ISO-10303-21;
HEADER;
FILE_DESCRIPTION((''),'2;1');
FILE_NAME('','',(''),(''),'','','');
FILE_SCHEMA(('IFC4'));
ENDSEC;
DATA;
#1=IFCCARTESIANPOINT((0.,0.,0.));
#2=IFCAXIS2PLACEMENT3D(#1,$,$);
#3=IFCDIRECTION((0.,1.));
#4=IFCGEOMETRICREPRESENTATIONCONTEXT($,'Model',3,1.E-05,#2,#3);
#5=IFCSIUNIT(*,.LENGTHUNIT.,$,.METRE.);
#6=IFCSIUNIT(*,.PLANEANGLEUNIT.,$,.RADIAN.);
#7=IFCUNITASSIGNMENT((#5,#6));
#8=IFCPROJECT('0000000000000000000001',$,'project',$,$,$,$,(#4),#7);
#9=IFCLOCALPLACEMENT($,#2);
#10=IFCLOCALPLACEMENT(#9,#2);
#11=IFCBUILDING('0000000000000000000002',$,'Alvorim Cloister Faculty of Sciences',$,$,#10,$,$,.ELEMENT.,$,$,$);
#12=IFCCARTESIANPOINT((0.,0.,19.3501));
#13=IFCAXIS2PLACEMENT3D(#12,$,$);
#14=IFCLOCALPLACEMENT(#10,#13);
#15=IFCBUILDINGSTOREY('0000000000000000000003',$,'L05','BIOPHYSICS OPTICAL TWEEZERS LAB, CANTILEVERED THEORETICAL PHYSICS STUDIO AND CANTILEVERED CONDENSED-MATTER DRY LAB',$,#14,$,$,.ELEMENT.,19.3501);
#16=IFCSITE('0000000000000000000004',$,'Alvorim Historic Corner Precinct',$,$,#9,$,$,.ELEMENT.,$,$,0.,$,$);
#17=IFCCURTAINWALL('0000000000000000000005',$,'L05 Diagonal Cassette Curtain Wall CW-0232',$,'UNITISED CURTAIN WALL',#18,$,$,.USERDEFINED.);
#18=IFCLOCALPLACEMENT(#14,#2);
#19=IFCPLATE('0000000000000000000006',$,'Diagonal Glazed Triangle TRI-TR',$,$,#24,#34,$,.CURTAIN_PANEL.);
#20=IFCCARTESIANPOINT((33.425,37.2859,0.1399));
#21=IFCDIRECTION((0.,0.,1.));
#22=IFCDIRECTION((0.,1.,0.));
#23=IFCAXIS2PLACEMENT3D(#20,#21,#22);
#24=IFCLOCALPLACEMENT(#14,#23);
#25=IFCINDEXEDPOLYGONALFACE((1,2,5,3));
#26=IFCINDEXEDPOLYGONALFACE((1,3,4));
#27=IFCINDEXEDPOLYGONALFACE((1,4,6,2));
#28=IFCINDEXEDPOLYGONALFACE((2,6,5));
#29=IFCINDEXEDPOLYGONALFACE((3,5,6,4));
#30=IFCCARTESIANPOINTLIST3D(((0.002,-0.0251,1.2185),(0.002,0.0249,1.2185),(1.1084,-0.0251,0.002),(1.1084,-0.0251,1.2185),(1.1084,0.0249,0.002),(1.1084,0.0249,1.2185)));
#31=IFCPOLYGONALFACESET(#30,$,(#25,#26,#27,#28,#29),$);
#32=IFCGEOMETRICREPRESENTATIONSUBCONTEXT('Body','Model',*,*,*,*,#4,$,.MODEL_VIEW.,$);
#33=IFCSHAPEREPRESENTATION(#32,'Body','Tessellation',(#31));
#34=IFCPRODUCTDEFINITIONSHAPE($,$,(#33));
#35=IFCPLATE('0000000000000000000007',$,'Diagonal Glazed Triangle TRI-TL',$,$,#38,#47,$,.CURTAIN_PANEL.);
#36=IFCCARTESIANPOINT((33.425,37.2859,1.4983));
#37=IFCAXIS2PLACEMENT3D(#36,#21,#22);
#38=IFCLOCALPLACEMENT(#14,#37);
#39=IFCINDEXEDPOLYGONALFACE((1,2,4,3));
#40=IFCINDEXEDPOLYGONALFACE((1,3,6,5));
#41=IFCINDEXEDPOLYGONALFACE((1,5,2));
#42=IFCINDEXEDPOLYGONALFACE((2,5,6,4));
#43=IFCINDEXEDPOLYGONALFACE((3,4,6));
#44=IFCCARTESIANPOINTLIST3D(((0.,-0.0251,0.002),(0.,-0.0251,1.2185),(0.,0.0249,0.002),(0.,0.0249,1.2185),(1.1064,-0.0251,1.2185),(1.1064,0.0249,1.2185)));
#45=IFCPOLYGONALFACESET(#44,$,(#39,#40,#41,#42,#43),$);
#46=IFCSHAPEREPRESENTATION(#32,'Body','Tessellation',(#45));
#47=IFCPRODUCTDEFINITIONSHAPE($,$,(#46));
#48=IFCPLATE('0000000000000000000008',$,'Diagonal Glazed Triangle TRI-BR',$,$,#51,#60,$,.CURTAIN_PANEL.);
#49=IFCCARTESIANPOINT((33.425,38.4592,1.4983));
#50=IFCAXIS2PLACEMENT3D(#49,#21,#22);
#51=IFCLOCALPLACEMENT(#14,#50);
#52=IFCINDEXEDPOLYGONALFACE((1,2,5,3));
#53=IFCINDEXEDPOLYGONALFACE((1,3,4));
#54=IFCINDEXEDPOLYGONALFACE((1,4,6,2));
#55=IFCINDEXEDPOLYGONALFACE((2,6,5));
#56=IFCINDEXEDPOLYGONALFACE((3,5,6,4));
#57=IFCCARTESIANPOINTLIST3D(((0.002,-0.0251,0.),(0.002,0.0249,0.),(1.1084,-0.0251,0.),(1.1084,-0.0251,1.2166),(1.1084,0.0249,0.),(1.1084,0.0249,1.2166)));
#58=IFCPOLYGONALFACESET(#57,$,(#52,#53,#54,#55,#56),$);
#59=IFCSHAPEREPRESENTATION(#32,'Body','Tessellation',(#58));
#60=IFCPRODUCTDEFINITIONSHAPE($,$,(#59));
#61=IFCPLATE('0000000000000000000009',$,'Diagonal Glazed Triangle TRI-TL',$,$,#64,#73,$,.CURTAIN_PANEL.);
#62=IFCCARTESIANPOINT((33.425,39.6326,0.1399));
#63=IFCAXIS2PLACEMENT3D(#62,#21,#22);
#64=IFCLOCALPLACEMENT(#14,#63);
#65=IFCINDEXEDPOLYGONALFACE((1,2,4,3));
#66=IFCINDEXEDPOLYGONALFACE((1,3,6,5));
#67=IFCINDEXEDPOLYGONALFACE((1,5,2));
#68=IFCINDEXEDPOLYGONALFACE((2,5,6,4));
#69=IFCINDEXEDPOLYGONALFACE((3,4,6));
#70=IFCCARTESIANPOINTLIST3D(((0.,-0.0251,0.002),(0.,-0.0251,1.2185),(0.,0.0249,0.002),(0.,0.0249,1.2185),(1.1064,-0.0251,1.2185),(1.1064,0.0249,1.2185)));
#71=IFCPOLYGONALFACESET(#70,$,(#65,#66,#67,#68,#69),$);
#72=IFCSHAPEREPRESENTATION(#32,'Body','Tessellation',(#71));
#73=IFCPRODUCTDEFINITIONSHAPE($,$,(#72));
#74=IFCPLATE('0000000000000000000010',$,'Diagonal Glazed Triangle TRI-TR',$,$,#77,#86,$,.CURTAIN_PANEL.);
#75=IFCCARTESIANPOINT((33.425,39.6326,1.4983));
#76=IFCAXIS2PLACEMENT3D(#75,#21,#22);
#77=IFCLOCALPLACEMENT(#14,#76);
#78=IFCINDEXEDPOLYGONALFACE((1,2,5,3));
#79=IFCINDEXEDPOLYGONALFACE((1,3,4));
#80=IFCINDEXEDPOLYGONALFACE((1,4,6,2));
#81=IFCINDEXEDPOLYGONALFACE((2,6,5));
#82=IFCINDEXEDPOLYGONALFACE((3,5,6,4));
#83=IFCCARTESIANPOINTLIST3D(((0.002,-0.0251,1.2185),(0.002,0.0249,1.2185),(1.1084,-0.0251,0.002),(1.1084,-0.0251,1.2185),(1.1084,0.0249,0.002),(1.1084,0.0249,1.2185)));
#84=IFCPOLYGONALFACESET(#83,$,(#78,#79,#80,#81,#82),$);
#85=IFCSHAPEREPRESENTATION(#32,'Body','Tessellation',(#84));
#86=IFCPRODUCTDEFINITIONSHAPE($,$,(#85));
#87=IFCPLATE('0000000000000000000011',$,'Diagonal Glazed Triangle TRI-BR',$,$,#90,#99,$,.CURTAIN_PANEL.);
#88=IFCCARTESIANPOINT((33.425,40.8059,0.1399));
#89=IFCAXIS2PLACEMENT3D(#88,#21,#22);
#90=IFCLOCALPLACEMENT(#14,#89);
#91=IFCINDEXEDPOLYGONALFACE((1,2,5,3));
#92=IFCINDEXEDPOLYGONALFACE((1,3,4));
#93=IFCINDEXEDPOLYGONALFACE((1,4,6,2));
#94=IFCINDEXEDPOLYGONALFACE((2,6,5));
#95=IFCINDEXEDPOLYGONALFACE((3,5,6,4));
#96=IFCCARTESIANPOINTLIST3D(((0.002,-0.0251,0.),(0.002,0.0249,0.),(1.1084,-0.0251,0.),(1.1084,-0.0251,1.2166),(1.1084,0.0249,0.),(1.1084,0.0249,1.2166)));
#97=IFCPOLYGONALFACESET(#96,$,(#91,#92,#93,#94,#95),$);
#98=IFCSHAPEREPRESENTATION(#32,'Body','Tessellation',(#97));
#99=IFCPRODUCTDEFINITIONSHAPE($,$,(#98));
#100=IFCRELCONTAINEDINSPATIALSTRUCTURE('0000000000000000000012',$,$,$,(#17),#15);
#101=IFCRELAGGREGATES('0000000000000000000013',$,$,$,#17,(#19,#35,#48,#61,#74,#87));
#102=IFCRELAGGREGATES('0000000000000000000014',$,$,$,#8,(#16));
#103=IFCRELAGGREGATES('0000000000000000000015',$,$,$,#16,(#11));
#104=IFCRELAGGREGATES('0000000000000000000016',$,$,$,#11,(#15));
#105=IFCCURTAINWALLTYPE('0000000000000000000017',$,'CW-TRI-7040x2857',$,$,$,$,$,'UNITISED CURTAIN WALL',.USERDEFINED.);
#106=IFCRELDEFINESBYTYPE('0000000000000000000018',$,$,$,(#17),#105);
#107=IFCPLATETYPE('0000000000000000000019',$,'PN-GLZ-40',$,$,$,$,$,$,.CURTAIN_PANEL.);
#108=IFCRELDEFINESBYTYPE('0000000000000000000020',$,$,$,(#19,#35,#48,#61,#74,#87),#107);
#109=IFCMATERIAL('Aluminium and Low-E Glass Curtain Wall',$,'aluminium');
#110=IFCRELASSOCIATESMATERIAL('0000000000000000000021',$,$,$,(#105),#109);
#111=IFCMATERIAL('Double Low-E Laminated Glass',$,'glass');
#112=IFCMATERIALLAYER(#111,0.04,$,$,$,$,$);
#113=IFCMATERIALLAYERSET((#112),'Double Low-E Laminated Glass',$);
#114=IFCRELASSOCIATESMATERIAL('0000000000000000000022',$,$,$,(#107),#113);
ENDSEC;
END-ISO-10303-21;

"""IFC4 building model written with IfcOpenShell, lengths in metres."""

from ifc_helpers import new_model, si_unit, direction, frame, origin, place, context, subcontext, project, spatial, polyline, outline, extrude, material, layer, layer_set, type_object, element, aggregate, save


model = new_model("IFC4")

# Units and contexts
model_context = context("Model", 3, precision=1e-05, world=origin(), true_north=direction((0.0, 1.0)))
body_context = subcontext(model_context, "Body", "Model", "MODEL_VIEW")
ifc_project = project(units=[si_unit("LENGTHUNIT", "METRE"), si_unit("PLANEANGLEUNIT", "RADIAN")], contexts=[model_context])

# Site, building, storey
site_placement = place(None, origin())
site = spatial("IfcSite", under=ifc_project, at=site_placement, Name="Alvorim Historic Corner Precinct", CompositionType="ELEMENT", RefElevation=0.0)
building_placement = place(site_placement, origin())
building = spatial("IfcBuilding", under=site, at=building_placement, Name="Alvorim Cloister Faculty of Sciences", CompositionType="ELEMENT")
storey_placement = place(building_placement, frame((0.0, 0.0, 19.3501)))
storey = spatial("IfcBuildingStorey", under=building, at=storey_placement, Name="L05", Description="BIOPHYSICS OPTICAL TWEEZERS LAB, CANTILEVERED THEORETICAL PHYSICS STUDIO AND CANTILEVERED CONDENSED-MATTER DRY LAB", CompositionType="ELEMENT", Elevation=19.3501)

# Curtain wall, plates
ifc_material_1 = material(Name="Aluminium and Low-E Glass Curtain Wall", Category="aluminium")
curtain_wall_type = type_object("IfcCurtainWallType", Name="CW-TRI-7040x2857", ElementType="UNITISED CURTAIN WALL", PredefinedType="USERDEFINED", material=ifc_material_1)
curtain_wall_placement = place(storey_placement, origin())
curtain_wall = element("IfcCurtainWall", 1, at=curtain_wall_placement, inside=storey, type_object=curtain_wall_type, Name="L05 Diagonal Cassette Curtain Wall CW-0232", ObjectType="UNITISED CURTAIN WALL", PredefinedType="USERDEFINED")
ifc_material_2 = material(Name="Double Low-E Laminated Glass", Category="glass")
ifc_layer = layer(ifc_material_2, 0.04)
ifc_layer_set = layer_set([ifc_layer], Name="Double Low-E Laminated Glass")
plate_type = type_object("IfcPlateType", Name="PN-GLZ-40", PredefinedType="CURTAIN_PANEL", material=ifc_layer_set)
plate_1_placement = place(storey_placement, frame((33.425, 37.2859, 0.1399), z_axis=(0.0, 0.0, 1.0), x_axis=(0.0, 1.0, 0.0)))
plate_1 = element("IfcPlate", 2, at=plate_1_placement, type_object=plate_type, Name="Diagonal Glazed Triangle TRI-TR", PredefinedType="CURTAIN_PANEL", context=body_context, shape_type="SweptSolid", body=[
    extrude(outline(polyline([(1.1084, 0.002), (1.1084, 1.2185), (0.002, 1.2185), (1.1084, 0.002)])), frame((0.0, 0.0249, 0.0), z_axis=(0.0, -1.0, 0.0), x_axis=(1.0, 0.0, 0.0)), (0.0, 0.0, 1.0), 0.05),
])
plate_2_placement = place(storey_placement, frame((33.425, 37.2859, 1.4983), z_axis=(0.0, 0.0, 1.0), x_axis=(0.0, 1.0, 0.0)))
plate_2 = element("IfcPlate", 3, at=plate_2_placement, type_object=plate_type, Name="Diagonal Glazed Triangle TRI-TL", PredefinedType="CURTAIN_PANEL", context=body_context, shape_type="SweptSolid", body=[
    extrude(outline(polyline([(1.1064, 1.2185), (0.0, 1.2185), (0.0, 0.002), (1.1064, 1.2185)])), frame((0.0, 0.0249, 0.0), z_axis=(0.0, -1.0, 0.0), x_axis=(1.0, 0.0, 0.0)), (0.0, 0.0, 1.0), 0.05),
])
plate_3_placement = place(storey_placement, frame((33.425, 38.4592, 1.4983), z_axis=(0.0, 0.0, 1.0), x_axis=(0.0, 1.0, 0.0)))
plate_3 = element("IfcPlate", 4, at=plate_3_placement, type_object=plate_type, Name="Diagonal Glazed Triangle TRI-BR", PredefinedType="CURTAIN_PANEL", context=body_context, shape_type="SweptSolid", body=[
    extrude(outline(polyline([(0.002, 0.0), (1.1084, 0.0), (1.1084, 1.2166), (0.002, 0.0)])), frame((0.0, 0.0249, 0.0), z_axis=(0.0, -1.0, 0.0), x_axis=(1.0, 0.0, 0.0)), (0.0, 0.0, 1.0), 0.05),
])
plate_4_placement = place(storey_placement, frame((33.425, 39.6326, 0.1399), z_axis=(0.0, 0.0, 1.0), x_axis=(0.0, 1.0, 0.0)))
plate_4 = element("IfcPlate", 5, at=plate_4_placement, type_object=plate_type, Name="Diagonal Glazed Triangle TRI-TL", PredefinedType="CURTAIN_PANEL", context=body_context, shape_type="SweptSolid", body=[
    extrude(outline(polyline([(1.1064, 1.2185), (0.0, 1.2185), (0.0, 0.002), (1.1064, 1.2185)])), frame((0.0, 0.0249, 0.0), z_axis=(0.0, -1.0, 0.0), x_axis=(1.0, 0.0, 0.0)), (0.0, 0.0, 1.0), 0.05),
])
plate_5_placement = place(storey_placement, frame((33.425, 39.6326, 1.4983), z_axis=(0.0, 0.0, 1.0), x_axis=(0.0, 1.0, 0.0)))
plate_5 = element("IfcPlate", 6, at=plate_5_placement, type_object=plate_type, Name="Diagonal Glazed Triangle TRI-TR", PredefinedType="CURTAIN_PANEL", context=body_context, shape_type="SweptSolid", body=[
    extrude(outline(polyline([(1.1084, 0.002), (1.1084, 1.2185), (0.002, 1.2185), (1.1084, 0.002)])), frame((0.0, 0.0249, 0.0), z_axis=(0.0, -1.0, 0.0), x_axis=(1.0, 0.0, 0.0)), (0.0, 0.0, 1.0), 0.05),
])
plate_6_placement = place(storey_placement, frame((33.425, 40.8059, 0.1399), z_axis=(0.0, 0.0, 1.0), x_axis=(0.0, 1.0, 0.0)))
plate_6 = element("IfcPlate", 7, at=plate_6_placement, type_object=plate_type, Name="Diagonal Glazed Triangle TRI-BR", PredefinedType="CURTAIN_PANEL", context=body_context, shape_type="SweptSolid", body=[
    extrude(outline(polyline([(0.002, 0.0), (1.1084, 0.0), (1.1084, 1.2166), (0.002, 0.0)])), frame((0.0, 0.0249, 0.0), z_axis=(0.0, -1.0, 0.0), x_axis=(1.0, 0.0, 0.0)), (0.0, 0.0, 1.0), 0.05),
])
aggregate(curtain_wall, [plate_1, plate_2, plate_3, plate_4, plate_5, plate_6])

save(model, "model.ifc")
